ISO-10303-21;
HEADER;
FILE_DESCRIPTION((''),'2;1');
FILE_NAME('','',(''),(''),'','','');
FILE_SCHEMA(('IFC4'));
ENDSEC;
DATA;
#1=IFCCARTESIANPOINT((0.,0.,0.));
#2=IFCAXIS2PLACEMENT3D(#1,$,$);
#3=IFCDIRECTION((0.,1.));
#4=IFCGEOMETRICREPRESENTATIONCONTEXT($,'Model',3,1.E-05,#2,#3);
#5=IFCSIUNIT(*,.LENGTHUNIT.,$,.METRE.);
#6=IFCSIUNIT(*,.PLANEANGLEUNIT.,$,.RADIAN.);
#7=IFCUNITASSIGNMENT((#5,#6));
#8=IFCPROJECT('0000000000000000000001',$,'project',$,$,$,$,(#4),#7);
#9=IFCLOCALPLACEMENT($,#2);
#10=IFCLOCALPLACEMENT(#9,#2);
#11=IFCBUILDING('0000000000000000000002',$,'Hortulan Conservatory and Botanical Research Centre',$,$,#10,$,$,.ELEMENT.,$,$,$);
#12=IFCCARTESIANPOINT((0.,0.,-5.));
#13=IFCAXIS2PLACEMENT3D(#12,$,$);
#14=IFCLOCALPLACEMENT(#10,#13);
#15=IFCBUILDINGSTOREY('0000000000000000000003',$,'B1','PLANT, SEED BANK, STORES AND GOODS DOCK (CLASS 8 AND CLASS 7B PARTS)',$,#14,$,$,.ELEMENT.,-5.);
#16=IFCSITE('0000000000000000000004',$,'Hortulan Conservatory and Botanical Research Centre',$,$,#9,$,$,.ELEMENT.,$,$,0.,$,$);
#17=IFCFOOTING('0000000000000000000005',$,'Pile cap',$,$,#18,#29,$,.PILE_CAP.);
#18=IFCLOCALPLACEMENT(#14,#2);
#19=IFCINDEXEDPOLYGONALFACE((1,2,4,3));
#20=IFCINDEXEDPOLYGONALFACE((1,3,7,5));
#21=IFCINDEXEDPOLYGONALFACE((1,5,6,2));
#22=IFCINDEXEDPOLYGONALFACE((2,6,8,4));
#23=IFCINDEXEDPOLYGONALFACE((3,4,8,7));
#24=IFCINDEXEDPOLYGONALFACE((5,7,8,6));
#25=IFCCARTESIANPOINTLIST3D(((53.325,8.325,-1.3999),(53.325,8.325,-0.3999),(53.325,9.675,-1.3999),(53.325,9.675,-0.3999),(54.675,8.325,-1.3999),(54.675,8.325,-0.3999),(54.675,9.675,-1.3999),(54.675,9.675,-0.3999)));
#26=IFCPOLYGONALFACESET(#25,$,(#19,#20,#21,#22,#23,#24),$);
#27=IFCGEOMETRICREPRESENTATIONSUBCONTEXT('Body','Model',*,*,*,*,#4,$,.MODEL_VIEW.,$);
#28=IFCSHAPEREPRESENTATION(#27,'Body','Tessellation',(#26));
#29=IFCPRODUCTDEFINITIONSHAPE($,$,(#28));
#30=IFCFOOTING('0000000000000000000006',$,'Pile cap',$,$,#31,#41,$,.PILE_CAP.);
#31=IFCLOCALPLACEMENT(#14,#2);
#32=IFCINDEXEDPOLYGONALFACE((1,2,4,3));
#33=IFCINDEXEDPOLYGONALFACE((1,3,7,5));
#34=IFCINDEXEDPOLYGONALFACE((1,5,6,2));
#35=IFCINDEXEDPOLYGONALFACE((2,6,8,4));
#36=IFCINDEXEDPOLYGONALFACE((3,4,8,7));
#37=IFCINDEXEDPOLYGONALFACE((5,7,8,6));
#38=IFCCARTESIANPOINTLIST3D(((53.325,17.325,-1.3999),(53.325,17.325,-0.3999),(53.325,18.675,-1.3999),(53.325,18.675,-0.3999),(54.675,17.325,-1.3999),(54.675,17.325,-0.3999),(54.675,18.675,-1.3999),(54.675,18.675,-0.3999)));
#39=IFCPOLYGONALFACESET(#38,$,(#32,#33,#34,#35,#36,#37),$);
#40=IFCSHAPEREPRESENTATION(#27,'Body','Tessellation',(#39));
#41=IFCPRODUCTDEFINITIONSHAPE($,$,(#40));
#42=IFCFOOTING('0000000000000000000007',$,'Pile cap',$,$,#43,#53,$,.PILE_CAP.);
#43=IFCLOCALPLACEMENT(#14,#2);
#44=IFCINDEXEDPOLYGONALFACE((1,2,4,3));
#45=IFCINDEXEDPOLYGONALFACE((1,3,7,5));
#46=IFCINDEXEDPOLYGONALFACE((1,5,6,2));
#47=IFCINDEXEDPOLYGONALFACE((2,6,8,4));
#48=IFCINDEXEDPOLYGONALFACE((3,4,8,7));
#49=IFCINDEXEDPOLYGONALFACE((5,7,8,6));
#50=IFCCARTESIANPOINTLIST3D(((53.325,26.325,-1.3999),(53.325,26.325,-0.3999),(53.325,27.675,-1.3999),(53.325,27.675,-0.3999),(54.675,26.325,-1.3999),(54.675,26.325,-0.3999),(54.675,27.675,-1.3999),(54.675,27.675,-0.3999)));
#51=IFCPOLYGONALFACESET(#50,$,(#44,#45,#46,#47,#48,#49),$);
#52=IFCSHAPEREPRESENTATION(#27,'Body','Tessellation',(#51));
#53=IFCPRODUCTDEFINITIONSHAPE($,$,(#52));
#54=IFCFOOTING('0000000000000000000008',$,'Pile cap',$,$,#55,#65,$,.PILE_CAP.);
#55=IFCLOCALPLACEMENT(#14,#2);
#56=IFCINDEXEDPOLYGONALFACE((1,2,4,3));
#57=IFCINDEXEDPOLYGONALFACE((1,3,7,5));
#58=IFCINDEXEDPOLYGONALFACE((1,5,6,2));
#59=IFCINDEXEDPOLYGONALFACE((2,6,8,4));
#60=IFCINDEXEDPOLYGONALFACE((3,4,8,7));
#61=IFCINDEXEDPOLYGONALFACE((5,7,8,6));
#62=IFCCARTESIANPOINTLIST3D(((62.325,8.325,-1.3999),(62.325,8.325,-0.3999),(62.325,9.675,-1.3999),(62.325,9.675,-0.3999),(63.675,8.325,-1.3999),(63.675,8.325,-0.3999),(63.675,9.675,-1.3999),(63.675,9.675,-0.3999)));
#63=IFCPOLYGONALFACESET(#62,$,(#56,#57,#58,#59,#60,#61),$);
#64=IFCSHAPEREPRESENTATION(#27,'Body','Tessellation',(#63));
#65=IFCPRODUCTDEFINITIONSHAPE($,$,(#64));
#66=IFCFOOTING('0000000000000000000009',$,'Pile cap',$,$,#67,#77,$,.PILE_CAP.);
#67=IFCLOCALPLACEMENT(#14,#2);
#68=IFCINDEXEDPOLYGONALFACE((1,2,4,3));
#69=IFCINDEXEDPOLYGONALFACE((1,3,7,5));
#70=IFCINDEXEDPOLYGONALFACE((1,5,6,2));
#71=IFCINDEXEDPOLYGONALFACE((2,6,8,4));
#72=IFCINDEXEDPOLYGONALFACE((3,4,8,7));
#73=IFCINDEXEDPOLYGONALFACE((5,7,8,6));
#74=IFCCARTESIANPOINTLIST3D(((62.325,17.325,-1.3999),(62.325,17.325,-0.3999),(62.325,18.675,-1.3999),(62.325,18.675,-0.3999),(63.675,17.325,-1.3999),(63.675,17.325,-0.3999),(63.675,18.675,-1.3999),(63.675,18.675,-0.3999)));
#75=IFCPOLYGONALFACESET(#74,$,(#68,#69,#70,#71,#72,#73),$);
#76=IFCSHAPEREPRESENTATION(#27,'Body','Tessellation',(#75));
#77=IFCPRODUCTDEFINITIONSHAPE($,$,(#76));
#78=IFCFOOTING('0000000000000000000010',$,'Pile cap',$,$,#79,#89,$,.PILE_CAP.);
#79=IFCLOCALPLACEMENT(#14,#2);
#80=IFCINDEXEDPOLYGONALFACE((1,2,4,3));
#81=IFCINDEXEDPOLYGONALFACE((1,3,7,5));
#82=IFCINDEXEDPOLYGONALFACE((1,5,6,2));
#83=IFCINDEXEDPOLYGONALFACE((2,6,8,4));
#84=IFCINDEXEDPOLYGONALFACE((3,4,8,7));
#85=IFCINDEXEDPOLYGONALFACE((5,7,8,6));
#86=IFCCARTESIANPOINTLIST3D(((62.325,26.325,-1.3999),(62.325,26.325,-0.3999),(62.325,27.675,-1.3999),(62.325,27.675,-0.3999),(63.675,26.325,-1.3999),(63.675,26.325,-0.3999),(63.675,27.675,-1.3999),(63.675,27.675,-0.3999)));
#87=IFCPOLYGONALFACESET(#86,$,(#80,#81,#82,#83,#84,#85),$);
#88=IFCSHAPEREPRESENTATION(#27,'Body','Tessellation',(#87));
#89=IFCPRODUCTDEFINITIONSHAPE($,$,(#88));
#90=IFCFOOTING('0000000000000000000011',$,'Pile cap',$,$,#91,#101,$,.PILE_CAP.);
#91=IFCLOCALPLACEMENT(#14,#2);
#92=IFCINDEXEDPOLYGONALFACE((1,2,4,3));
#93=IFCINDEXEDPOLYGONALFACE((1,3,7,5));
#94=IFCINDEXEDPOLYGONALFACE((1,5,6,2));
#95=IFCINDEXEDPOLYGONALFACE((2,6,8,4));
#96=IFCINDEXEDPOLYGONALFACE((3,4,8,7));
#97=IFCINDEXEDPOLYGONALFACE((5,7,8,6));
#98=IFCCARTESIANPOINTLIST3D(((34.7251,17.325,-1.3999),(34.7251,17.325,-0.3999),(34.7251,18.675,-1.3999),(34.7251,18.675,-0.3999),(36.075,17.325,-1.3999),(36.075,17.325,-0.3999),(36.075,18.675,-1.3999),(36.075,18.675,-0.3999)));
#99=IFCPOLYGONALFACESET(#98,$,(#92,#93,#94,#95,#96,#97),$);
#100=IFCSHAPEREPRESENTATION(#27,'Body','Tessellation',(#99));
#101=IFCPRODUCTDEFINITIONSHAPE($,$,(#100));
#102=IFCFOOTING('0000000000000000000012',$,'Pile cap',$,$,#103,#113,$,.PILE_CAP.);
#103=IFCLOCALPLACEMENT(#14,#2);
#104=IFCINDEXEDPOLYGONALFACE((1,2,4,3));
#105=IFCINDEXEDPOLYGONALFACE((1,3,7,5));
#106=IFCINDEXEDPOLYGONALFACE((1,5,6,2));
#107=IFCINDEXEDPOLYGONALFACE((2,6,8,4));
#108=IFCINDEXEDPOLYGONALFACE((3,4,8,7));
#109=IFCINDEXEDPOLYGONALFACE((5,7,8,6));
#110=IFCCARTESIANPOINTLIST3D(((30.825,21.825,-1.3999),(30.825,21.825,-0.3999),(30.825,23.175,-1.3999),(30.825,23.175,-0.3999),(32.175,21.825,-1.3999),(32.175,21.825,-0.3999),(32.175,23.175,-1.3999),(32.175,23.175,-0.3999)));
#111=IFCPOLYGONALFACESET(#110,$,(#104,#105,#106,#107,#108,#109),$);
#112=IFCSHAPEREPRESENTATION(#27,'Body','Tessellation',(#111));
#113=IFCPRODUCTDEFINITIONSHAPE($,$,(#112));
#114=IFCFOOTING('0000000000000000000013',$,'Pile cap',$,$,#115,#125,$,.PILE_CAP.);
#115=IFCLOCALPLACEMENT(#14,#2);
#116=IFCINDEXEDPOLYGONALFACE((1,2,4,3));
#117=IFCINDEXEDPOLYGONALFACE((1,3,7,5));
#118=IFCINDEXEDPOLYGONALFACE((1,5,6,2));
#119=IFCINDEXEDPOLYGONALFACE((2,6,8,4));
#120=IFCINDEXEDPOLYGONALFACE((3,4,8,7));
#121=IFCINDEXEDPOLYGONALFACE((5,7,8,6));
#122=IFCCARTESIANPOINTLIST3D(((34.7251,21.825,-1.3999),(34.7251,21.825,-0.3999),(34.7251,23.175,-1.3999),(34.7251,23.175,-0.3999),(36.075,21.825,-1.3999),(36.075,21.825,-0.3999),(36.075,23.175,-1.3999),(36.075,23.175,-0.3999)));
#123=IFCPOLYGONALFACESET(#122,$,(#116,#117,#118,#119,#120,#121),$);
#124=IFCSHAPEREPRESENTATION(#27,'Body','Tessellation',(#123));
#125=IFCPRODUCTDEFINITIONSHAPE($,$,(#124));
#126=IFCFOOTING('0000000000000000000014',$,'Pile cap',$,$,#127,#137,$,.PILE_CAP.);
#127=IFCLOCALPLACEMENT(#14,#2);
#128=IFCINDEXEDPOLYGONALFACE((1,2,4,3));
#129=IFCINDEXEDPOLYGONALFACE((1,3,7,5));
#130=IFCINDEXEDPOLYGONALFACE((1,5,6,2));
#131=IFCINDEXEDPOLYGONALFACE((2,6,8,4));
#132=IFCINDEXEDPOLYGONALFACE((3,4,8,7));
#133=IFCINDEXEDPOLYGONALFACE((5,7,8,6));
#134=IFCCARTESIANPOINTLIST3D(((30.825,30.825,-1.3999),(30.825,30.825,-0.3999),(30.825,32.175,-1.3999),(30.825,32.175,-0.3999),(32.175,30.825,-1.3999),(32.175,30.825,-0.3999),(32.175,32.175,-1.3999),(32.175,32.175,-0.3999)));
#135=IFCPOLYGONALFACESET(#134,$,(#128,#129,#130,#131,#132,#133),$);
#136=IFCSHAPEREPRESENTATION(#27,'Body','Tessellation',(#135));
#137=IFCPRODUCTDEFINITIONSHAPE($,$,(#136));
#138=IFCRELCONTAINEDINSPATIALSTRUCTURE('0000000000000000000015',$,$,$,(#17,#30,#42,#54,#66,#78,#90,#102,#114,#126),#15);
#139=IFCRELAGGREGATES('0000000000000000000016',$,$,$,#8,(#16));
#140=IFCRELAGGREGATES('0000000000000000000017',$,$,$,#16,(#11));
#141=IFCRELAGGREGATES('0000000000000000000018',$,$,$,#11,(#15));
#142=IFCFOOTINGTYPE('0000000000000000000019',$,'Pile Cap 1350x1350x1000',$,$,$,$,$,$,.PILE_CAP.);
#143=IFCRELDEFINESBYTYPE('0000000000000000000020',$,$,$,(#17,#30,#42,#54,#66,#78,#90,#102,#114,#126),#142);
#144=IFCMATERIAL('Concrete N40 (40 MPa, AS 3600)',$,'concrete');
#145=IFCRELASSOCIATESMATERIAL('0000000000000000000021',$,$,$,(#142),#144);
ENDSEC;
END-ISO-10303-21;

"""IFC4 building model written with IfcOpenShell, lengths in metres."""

from ifc_helpers import new_model, si_unit, direction, frame, origin, place, context, subcontext, project, spatial, polyline, outline, extrude, material, type_object, element, save


model = new_model("IFC4")

# Units and contexts
model_context = context("Model", 3, precision=1e-05, world=origin(), true_north=direction((0.0, 1.0)))
body_context = subcontext(model_context, "Body", "Model", "MODEL_VIEW")
ifc_project = project(units=[si_unit("LENGTHUNIT", "METRE"), si_unit("PLANEANGLEUNIT", "RADIAN")], contexts=[model_context])

# Site, building, storey
site_placement = place(None, origin())
site = spatial("IfcSite", under=ifc_project, at=site_placement, Name="Hortulan Conservatory and Botanical Research Centre", CompositionType="ELEMENT", RefElevation=0.0)
building_placement = place(site_placement, origin())
building = spatial("IfcBuilding", under=site, at=building_placement, Name="Hortulan Conservatory and Botanical Research Centre", CompositionType="ELEMENT")
storey_placement = place(building_placement, frame((0.0, 0.0, -5.0)))
storey = spatial("IfcBuildingStorey", under=building, at=storey_placement, Name="B1", Description="PLANT, SEED BANK, STORES AND GOODS DOCK (CLASS 8 AND CLASS 7B PARTS)", CompositionType="ELEMENT", Elevation=-5.0)

# Footings
ifc_material = material(Name="Concrete N40 (40 MPa, AS 3600)", Category="concrete")
footing_type_1 = type_object("IfcFootingType", Name="Pile Cap 1350x1350x1000", PredefinedType="PILE_CAP", material=ifc_material)
footing_1_placement = place(storey_placement, frame((0.0, 0.0, -1.3999)))
element("IfcFooting", 1, at=footing_1_placement, inside=storey, type_object=footing_type_1, Name="Pile cap", PredefinedType="PILE_CAP", context=body_context, shape_type="SweptSolid", body=[
    extrude(outline(polyline([(54.675, 8.325), (54.675, 9.675), (53.325, 9.675), (53.325, 8.325), (54.675, 8.325)])), origin(), (0.0, 0.0, 1.0), 1.0),
])
footing_2_placement = place(storey_placement, frame((0.0, 0.0, -1.3999)))
element("IfcFooting", 2, at=footing_2_placement, inside=storey, type_object=footing_type_1, Name="Pile cap", PredefinedType="PILE_CAP", context=body_context, shape_type="SweptSolid", body=[
    extrude(outline(polyline([(54.675, 17.325), (54.675, 18.675), (53.325, 18.675), (53.325, 17.325), (54.675, 17.325)])), origin(), (0.0, 0.0, 1.0), 1.0),
])
footing_3_placement = place(storey_placement, frame((0.0, 0.0, -1.3999)))
element("IfcFooting", 3, at=footing_3_placement, inside=storey, type_object=footing_type_1, Name="Pile cap", PredefinedType="PILE_CAP", context=body_context, shape_type="SweptSolid", body=[
    extrude(outline(polyline([(54.675, 26.325), (54.675, 27.675), (53.325, 27.675), (53.325, 26.325), (54.675, 26.325)])), origin(), (0.0, 0.0, 1.0), 1.0),
])
footing_4_placement = place(storey_placement, frame((0.0, 0.0, -1.3999)))
element("IfcFooting", 4, at=footing_4_placement, inside=storey, type_object=footing_type_1, Name="Pile cap", PredefinedType="PILE_CAP", context=body_context, shape_type="SweptSolid", body=[
    extrude(outline(polyline([(63.675, 8.325), (63.675, 9.675), (62.325, 9.675), (62.325, 8.325), (63.675, 8.325)])), origin(), (0.0, 0.0, 1.0), 1.0),
])
footing_5_placement = place(storey_placement, frame((0.0, 0.0, -1.3999)))
element("IfcFooting", 5, at=footing_5_placement, inside=storey, type_object=footing_type_1, Name="Pile cap", PredefinedType="PILE_CAP", context=body_context, shape_type="SweptSolid", body=[
    extrude(outline(polyline([(63.675, 17.325), (63.675, 18.675), (62.325, 18.675), (62.325, 17.325), (63.675, 17.325)])), origin(), (0.0, 0.0, 1.0), 1.0),
])
footing_6_placement = place(storey_placement, frame((0.0, 0.0, -1.3999)))
element("IfcFooting", 6, at=footing_6_placement, inside=storey, type_object=footing_type_1, Name="Pile cap", PredefinedType="PILE_CAP", context=body_context, shape_type="SweptSolid", body=[
    extrude(outline(polyline([(63.675, 26.325), (63.675, 27.675), (62.325, 27.675), (62.325, 26.325), (63.675, 26.325)])), origin(), (0.0, 0.0, 1.0), 1.0),
])
footing_7_placement = place(storey_placement, frame((0.0, 0.0, -1.3999)))
element("IfcFooting", 7, at=footing_7_placement, inside=storey, type_object=footing_type_1, Name="Pile cap", PredefinedType="PILE_CAP", context=body_context, shape_type="SweptSolid", body=[
    extrude(outline(polyline([(36.075, 17.325), (36.075, 18.675), (34.7251, 18.675), (34.7251, 17.325), (36.075, 17.325)])), origin(), (0.0, 0.0, 1.0), 1.0),
])
footing_8_placement = place(storey_placement, frame((0.0, 0.0, -1.3999)))
element("IfcFooting", 8, at=footing_8_placement, inside=storey, type_object=footing_type_1, Name="Pile cap", PredefinedType="PILE_CAP", context=body_context, shape_type="SweptSolid", body=[
    extrude(outline(polyline([(32.175, 21.825), (32.175, 23.175), (30.825, 23.175), (30.825, 21.825), (32.175, 21.825)])), origin(), (0.0, 0.0, 1.0), 1.0),
])
footing_9_placement = place(storey_placement, frame((0.0, 0.0, -1.3999)))
element("IfcFooting", 9, at=footing_9_placement, inside=storey, type_object=footing_type_1, Name="Pile cap", PredefinedType="PILE_CAP", context=body_context, shape_type="SweptSolid", body=[
    extrude(outline(polyline([(36.075, 21.825), (36.075, 23.175), (34.7251, 23.175), (34.7251, 21.825), (36.075, 21.825)])), origin(), (0.0, 0.0, 1.0), 1.0),
])
footing_10_placement = place(storey_placement, frame((0.0, 0.0, -1.3999)))
element("IfcFooting", 10, at=footing_10_placement, inside=storey, type_object=footing_type_1, Name="Pile cap", PredefinedType="PILE_CAP", context=body_context, shape_type="SweptSolid", body=[
    extrude(outline(polyline([(32.175, 30.825), (32.175, 32.175), (30.825, 32.175), (30.825, 30.825), (32.175, 30.825)])), origin(), (0.0, 0.0, 1.0), 1.0),
])

save(model, "model.ifc")
